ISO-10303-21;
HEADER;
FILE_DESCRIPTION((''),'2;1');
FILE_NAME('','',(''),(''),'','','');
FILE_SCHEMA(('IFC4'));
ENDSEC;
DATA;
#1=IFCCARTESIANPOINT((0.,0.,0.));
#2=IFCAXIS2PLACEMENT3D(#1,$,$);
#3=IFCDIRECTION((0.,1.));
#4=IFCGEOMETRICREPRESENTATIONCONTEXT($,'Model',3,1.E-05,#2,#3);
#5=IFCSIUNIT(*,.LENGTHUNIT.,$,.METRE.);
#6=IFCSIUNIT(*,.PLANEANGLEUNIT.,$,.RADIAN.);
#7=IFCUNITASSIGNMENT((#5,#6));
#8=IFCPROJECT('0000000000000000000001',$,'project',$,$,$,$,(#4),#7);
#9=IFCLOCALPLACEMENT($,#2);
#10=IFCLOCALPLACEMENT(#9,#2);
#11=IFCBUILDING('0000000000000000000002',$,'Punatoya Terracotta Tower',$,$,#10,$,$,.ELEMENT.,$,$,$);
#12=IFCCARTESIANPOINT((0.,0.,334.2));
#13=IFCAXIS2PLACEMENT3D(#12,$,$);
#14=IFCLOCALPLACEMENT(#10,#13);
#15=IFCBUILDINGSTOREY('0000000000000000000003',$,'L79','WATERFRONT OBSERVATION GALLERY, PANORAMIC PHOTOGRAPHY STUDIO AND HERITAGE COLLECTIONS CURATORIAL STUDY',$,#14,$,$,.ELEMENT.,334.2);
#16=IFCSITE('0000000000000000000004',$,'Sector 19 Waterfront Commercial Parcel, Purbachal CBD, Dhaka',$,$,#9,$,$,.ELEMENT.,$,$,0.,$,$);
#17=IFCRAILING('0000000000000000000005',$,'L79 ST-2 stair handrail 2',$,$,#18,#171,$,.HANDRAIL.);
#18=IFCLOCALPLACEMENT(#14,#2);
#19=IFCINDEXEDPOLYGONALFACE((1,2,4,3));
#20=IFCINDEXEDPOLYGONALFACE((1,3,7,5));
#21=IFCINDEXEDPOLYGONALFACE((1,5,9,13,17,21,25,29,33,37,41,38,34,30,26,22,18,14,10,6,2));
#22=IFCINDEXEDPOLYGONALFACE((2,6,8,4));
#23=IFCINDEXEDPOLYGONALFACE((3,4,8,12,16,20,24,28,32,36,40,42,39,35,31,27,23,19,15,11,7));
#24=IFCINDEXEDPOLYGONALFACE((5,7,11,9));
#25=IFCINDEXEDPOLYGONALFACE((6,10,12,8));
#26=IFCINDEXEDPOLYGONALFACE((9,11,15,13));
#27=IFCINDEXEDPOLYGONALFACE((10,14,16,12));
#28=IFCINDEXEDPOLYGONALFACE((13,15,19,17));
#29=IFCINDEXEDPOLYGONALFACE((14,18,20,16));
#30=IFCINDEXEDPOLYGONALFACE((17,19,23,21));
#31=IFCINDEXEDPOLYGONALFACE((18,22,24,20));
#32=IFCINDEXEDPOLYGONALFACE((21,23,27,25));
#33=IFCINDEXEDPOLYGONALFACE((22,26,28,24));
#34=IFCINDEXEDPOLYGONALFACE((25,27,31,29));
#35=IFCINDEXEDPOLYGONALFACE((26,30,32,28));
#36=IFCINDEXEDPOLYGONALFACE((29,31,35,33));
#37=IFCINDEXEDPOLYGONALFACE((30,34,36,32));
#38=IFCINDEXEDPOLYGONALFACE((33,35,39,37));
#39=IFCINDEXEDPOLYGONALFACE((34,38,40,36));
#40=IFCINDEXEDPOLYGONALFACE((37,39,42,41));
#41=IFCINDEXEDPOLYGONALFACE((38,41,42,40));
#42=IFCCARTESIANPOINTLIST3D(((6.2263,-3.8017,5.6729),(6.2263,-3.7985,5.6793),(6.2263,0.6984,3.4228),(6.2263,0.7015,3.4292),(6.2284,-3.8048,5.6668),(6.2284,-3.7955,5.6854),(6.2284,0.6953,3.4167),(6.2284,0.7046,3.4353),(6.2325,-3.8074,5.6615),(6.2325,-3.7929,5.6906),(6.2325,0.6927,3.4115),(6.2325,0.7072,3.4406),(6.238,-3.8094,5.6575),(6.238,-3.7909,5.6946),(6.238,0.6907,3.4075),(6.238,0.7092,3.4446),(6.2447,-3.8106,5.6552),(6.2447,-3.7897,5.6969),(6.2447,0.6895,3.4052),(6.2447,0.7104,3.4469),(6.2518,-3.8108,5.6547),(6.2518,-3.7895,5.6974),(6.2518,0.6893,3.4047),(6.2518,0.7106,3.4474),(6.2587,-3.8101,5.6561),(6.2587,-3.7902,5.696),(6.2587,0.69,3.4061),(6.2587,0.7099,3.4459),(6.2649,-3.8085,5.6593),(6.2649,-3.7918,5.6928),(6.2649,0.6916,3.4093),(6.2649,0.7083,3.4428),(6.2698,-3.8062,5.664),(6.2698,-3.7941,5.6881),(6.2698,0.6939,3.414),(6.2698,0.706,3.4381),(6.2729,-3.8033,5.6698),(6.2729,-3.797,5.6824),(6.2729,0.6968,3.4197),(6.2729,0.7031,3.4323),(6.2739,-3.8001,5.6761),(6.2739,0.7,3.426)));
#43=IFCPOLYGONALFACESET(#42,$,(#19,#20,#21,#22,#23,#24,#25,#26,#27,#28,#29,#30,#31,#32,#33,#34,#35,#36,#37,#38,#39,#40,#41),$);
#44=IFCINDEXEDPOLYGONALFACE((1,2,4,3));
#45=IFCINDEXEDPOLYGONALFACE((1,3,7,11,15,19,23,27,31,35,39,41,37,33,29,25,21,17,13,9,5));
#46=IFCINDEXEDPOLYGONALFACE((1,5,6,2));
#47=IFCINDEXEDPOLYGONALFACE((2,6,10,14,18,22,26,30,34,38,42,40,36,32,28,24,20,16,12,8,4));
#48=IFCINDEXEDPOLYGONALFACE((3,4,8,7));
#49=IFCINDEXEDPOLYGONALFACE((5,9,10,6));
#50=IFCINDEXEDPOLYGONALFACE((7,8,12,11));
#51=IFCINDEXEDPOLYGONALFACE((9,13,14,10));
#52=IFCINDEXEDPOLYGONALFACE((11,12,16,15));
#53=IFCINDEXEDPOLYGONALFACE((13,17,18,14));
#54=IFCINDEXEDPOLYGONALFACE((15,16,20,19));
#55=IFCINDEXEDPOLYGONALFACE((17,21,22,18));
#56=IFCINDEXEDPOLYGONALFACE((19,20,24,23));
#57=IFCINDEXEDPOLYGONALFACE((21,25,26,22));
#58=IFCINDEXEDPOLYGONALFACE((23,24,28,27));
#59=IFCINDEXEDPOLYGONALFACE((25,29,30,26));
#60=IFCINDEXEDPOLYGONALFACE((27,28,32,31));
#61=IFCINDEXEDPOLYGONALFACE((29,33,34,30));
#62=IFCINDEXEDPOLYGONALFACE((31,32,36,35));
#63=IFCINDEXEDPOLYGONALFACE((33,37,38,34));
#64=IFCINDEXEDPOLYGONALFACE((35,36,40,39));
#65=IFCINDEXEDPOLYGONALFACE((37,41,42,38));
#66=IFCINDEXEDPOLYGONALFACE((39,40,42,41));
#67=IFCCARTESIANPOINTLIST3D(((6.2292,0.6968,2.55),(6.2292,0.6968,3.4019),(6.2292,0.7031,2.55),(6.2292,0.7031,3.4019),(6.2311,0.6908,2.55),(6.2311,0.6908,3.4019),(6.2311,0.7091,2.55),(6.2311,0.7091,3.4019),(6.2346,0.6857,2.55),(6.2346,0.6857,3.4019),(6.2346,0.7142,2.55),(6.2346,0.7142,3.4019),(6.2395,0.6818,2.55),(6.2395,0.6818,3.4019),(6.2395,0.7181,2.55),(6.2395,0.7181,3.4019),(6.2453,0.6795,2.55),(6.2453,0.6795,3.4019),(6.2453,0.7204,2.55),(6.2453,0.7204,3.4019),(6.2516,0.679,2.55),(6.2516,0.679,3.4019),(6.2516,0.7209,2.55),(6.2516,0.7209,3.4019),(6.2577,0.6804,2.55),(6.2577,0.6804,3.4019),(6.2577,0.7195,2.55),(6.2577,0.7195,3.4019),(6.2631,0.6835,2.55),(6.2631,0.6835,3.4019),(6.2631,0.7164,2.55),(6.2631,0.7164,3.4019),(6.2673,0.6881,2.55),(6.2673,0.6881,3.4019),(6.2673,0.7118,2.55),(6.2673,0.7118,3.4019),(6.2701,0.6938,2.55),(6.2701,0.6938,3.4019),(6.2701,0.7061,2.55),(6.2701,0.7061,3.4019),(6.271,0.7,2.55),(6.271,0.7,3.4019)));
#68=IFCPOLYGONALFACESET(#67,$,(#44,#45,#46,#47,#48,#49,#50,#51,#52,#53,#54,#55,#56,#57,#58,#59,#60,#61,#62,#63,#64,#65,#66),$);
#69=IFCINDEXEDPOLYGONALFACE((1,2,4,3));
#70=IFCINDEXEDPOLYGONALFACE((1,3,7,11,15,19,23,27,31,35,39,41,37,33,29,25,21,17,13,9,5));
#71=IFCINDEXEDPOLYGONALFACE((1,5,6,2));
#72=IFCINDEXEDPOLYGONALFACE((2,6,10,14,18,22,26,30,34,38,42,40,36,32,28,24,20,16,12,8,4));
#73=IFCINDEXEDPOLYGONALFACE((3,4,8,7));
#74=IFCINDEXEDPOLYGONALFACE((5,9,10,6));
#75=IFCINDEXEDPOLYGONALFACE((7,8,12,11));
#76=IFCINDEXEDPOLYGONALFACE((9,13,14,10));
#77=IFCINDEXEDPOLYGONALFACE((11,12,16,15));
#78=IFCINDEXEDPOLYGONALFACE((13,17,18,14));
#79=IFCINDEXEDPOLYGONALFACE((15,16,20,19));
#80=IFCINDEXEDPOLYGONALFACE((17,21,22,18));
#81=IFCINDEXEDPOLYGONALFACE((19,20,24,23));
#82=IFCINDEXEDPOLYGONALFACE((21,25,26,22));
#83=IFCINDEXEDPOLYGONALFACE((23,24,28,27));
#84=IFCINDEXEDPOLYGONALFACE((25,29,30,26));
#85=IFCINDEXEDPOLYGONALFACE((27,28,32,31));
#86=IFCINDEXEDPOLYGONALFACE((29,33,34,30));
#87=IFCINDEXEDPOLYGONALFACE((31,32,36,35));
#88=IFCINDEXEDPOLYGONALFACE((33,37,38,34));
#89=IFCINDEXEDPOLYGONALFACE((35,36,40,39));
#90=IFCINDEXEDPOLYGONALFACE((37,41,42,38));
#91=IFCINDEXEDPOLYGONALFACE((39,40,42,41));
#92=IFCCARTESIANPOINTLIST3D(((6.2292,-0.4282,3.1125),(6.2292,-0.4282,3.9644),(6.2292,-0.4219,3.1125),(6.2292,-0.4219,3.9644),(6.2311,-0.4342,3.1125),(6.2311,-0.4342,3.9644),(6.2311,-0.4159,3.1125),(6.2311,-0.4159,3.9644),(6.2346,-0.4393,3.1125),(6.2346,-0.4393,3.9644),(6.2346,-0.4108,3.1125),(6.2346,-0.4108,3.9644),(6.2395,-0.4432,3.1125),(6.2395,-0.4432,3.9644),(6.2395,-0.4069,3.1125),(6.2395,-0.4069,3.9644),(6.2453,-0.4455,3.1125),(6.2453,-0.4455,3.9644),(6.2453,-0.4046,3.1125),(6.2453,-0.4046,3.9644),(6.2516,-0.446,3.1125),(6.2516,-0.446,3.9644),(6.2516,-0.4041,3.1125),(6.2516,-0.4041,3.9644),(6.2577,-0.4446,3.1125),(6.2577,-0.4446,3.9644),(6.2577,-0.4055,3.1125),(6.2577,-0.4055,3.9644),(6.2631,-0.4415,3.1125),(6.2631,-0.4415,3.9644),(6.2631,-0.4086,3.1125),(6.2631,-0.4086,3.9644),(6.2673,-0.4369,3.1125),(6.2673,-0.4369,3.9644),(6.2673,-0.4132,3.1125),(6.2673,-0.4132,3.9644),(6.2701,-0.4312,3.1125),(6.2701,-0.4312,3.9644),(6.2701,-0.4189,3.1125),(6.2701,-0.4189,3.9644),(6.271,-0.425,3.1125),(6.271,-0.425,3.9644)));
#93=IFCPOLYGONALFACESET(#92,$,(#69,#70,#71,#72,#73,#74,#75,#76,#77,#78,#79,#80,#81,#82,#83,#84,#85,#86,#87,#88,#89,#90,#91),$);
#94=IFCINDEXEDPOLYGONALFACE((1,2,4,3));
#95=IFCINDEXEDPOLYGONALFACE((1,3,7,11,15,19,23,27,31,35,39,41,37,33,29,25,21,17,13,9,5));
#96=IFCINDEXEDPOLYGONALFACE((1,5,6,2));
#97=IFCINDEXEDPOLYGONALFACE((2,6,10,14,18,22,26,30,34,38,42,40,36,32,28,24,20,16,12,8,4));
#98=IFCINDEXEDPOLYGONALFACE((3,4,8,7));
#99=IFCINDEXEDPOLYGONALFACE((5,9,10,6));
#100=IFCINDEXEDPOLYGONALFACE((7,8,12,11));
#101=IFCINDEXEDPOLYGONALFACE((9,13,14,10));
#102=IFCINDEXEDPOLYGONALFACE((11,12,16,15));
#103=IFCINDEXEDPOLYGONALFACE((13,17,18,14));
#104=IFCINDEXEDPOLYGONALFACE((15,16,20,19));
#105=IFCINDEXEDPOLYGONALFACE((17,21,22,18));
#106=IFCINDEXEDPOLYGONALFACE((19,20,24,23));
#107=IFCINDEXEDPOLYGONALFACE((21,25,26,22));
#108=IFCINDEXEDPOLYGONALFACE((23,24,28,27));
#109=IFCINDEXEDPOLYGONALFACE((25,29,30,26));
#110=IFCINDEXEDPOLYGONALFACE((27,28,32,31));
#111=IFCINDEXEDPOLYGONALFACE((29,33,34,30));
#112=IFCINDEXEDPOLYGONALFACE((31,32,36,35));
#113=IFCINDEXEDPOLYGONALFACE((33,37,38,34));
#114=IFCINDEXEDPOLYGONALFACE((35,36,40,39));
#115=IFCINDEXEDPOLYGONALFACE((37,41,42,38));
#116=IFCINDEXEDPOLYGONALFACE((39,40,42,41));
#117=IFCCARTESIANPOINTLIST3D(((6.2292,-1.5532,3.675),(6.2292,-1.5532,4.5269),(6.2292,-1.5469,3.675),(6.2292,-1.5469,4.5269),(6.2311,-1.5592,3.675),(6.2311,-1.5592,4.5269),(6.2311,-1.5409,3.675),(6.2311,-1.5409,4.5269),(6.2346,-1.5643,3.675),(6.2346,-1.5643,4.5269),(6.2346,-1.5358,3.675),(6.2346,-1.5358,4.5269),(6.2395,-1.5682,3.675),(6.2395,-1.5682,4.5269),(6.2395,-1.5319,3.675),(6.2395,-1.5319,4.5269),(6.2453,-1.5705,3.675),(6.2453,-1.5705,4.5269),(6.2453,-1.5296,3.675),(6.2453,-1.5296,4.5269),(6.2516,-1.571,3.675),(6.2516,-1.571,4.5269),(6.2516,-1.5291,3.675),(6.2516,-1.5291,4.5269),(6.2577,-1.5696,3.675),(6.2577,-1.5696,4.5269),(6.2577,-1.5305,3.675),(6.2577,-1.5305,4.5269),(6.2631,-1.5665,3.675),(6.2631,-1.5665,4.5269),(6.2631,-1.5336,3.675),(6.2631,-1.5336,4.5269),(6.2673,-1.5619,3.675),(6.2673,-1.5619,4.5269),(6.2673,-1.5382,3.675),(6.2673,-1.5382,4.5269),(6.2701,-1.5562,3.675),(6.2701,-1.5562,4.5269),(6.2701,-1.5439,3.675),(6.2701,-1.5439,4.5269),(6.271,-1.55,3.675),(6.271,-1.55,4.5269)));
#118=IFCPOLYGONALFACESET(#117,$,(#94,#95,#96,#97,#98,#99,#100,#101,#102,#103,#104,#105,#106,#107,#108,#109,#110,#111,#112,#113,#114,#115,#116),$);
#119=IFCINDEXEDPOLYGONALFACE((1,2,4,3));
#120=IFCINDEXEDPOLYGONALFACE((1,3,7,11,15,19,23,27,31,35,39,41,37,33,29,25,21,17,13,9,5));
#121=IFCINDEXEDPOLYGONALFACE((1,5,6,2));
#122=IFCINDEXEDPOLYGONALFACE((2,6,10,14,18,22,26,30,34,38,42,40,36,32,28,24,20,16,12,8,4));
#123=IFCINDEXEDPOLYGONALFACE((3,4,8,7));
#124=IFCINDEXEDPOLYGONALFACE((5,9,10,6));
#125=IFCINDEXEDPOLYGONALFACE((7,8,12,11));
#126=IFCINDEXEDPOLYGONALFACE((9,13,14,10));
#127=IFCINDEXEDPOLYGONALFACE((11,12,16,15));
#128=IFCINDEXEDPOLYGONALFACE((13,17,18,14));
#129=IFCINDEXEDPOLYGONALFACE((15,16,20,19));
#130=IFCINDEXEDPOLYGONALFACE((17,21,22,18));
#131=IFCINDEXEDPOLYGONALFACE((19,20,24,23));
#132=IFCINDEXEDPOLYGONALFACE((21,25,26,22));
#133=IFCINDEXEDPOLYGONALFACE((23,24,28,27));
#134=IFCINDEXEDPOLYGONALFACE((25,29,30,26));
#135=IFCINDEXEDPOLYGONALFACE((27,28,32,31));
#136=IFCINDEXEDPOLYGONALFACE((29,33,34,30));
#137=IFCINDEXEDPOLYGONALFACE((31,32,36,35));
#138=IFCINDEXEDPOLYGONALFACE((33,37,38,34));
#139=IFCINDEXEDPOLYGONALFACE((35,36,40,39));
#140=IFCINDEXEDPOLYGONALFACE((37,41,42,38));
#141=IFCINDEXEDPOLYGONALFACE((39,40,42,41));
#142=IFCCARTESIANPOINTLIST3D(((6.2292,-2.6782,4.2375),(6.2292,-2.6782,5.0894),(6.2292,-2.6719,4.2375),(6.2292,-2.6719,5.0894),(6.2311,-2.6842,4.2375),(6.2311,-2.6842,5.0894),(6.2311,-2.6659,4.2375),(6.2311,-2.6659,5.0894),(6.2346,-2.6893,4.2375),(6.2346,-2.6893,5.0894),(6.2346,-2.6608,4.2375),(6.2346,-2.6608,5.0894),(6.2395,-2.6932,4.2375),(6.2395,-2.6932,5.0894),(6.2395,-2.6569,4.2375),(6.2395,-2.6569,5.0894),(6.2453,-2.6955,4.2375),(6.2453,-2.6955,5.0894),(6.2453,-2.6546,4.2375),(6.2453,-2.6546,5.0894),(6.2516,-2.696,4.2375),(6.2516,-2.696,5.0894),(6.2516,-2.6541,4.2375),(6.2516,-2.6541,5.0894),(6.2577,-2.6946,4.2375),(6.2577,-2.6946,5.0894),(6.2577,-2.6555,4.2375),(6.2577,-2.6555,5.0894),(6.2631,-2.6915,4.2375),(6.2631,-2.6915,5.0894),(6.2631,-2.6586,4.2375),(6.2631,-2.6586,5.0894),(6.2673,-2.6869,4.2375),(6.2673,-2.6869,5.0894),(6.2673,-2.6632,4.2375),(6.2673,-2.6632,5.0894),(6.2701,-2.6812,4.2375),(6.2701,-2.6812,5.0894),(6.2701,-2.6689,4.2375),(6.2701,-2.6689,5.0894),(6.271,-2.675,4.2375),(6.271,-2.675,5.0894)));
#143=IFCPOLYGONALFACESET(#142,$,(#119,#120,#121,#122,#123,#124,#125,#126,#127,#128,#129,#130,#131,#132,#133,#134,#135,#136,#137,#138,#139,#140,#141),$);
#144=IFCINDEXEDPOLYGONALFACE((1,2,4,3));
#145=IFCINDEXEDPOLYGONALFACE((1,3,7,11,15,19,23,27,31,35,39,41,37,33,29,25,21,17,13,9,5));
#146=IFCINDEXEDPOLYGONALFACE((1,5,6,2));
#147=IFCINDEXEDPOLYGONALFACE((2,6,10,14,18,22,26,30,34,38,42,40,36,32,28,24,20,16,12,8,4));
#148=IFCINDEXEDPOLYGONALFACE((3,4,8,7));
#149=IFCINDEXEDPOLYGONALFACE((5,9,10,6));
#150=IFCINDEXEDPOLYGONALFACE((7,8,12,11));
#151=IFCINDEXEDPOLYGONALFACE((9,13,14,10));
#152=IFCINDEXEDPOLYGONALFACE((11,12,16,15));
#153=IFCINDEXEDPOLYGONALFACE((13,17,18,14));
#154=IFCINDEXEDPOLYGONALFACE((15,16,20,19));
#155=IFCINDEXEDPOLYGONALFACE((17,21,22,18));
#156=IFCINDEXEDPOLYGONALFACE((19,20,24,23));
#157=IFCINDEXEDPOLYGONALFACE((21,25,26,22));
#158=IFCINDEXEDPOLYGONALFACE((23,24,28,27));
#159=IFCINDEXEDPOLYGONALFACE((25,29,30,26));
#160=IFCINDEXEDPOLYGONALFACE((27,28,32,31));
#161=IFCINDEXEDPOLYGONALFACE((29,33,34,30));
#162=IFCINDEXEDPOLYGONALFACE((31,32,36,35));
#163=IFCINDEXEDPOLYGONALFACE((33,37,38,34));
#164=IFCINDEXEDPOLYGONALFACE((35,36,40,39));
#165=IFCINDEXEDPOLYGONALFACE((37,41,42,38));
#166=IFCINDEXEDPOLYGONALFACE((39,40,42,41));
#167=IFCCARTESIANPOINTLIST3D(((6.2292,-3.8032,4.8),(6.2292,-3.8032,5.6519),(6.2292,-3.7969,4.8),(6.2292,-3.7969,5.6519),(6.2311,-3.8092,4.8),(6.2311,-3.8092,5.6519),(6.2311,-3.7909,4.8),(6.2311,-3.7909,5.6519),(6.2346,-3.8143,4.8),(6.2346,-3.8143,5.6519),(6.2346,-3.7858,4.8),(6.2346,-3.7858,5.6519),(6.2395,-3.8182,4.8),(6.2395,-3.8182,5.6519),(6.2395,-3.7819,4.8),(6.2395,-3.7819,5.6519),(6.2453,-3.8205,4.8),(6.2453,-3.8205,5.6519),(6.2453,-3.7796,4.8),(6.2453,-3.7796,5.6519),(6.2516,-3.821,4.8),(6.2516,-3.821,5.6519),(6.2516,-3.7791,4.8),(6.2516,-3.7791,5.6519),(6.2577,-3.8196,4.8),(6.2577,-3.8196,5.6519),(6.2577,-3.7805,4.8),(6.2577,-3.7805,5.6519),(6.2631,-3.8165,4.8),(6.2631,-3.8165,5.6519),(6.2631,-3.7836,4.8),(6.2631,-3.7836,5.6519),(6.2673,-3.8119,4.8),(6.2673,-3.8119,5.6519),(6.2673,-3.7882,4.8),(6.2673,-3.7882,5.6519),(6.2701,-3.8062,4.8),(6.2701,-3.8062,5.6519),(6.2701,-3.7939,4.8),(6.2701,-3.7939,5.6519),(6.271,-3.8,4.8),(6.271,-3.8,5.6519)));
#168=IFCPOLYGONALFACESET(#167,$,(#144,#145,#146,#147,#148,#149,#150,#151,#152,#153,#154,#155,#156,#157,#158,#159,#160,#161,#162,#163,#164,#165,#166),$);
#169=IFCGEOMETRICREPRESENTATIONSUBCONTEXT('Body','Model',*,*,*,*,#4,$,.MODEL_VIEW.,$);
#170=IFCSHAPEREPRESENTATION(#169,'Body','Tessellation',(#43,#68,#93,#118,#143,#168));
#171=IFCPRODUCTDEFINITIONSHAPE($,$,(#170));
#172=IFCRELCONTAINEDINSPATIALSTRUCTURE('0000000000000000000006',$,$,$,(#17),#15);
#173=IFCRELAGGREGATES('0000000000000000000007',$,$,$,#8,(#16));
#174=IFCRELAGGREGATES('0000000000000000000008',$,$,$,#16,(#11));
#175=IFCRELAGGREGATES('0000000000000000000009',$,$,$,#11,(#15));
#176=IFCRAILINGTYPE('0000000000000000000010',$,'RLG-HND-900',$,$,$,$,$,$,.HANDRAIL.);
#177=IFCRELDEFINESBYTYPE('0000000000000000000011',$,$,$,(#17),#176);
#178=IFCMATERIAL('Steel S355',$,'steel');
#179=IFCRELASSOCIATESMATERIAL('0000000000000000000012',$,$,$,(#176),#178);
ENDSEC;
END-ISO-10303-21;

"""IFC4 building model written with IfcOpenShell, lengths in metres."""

from ifc_helpers import new_model, si_unit, direction, frame, origin, origin_2d, place, context, subcontext, project, spatial, circle, extrude, material, type_object, element, save


model = new_model("IFC4")

# Units and contexts
model_context = context("Model", 3, precision=1e-05, world=origin(), true_north=direction((0.0, 1.0)))
body_context = subcontext(model_context, "Body", "Model", "MODEL_VIEW")
ifc_project = project(units=[si_unit("LENGTHUNIT", "METRE"), si_unit("PLANEANGLEUNIT", "RADIAN")], contexts=[model_context])

# Site, building, storey
site_placement = place(None, origin())
site = spatial("IfcSite", under=ifc_project, at=site_placement, Name="Sector 19 Waterfront Commercial Parcel, Purbachal CBD, Dhaka", CompositionType="ELEMENT", RefElevation=0.0)
building_placement = place(site_placement, origin())
building = spatial("IfcBuilding", under=site, at=building_placement, Name="Punatoya Terracotta Tower", CompositionType="ELEMENT")
storey_placement = place(building_placement, frame((0.0, 0.0, 334.2)))
storey = spatial("IfcBuildingStorey", under=building, at=storey_placement, Name="L79", Description="WATERFRONT OBSERVATION GALLERY, PANORAMIC PHOTOGRAPHY STUDIO AND HERITAGE COLLECTIONS CURATORIAL STUDY", CompositionType="ELEMENT", Elevation=334.2)

# Shared definitions
ifc_material_1 = material(Name="Steel S355", Category="steel")

# Railing
railing_type_1 = type_object("IfcRailingType", Name="RLG-HND-900", PredefinedType="HANDRAIL", material=ifc_material_1)
railing_1_placement = place(storey_placement, frame((6.25, 0.7, 2.55)))
element("IfcRailing", 1, at=railing_1_placement, inside=storey, type_object=railing_type_1, Name="L79 ST-2 stair handrail 2", PredefinedType="HANDRAIL", context=body_context, shape_type="SweptSolid", body=[
    extrude(circle(Radius=0.0239, at=origin_2d()), frame((0.0, 0.0, 0.876), z_axis=(0.0, -0.894427, 0.447214), x_axis=(1.0, 0.0, 0.0)), (0.0, 0.0, 1.0), 5.0312),
    extrude(circle(Radius=0.021, at=origin_2d()), origin(), (0.0, 0.0, 1.0), 0.8518),
    extrude(circle(Radius=0.021, at=origin_2d()), frame((0.0, -1.125, 0.5625)), (0.0, 0.0, 1.0), 0.8518),
    extrude(circle(Radius=0.021, at=origin_2d()), frame((0.0, -2.25, 1.125)), (0.0, 0.0, 1.0), 0.8518),
    extrude(circle(Radius=0.021, at=origin_2d()), frame((0.0, -3.375, 1.6875)), (0.0, 0.0, 1.0), 0.8518),
    extrude(circle(Radius=0.021, at=origin_2d()), frame((0.0, -4.5, 2.25)), (0.0, 0.0, 1.0), 0.8518),
])

save(model, "model.ifc")
